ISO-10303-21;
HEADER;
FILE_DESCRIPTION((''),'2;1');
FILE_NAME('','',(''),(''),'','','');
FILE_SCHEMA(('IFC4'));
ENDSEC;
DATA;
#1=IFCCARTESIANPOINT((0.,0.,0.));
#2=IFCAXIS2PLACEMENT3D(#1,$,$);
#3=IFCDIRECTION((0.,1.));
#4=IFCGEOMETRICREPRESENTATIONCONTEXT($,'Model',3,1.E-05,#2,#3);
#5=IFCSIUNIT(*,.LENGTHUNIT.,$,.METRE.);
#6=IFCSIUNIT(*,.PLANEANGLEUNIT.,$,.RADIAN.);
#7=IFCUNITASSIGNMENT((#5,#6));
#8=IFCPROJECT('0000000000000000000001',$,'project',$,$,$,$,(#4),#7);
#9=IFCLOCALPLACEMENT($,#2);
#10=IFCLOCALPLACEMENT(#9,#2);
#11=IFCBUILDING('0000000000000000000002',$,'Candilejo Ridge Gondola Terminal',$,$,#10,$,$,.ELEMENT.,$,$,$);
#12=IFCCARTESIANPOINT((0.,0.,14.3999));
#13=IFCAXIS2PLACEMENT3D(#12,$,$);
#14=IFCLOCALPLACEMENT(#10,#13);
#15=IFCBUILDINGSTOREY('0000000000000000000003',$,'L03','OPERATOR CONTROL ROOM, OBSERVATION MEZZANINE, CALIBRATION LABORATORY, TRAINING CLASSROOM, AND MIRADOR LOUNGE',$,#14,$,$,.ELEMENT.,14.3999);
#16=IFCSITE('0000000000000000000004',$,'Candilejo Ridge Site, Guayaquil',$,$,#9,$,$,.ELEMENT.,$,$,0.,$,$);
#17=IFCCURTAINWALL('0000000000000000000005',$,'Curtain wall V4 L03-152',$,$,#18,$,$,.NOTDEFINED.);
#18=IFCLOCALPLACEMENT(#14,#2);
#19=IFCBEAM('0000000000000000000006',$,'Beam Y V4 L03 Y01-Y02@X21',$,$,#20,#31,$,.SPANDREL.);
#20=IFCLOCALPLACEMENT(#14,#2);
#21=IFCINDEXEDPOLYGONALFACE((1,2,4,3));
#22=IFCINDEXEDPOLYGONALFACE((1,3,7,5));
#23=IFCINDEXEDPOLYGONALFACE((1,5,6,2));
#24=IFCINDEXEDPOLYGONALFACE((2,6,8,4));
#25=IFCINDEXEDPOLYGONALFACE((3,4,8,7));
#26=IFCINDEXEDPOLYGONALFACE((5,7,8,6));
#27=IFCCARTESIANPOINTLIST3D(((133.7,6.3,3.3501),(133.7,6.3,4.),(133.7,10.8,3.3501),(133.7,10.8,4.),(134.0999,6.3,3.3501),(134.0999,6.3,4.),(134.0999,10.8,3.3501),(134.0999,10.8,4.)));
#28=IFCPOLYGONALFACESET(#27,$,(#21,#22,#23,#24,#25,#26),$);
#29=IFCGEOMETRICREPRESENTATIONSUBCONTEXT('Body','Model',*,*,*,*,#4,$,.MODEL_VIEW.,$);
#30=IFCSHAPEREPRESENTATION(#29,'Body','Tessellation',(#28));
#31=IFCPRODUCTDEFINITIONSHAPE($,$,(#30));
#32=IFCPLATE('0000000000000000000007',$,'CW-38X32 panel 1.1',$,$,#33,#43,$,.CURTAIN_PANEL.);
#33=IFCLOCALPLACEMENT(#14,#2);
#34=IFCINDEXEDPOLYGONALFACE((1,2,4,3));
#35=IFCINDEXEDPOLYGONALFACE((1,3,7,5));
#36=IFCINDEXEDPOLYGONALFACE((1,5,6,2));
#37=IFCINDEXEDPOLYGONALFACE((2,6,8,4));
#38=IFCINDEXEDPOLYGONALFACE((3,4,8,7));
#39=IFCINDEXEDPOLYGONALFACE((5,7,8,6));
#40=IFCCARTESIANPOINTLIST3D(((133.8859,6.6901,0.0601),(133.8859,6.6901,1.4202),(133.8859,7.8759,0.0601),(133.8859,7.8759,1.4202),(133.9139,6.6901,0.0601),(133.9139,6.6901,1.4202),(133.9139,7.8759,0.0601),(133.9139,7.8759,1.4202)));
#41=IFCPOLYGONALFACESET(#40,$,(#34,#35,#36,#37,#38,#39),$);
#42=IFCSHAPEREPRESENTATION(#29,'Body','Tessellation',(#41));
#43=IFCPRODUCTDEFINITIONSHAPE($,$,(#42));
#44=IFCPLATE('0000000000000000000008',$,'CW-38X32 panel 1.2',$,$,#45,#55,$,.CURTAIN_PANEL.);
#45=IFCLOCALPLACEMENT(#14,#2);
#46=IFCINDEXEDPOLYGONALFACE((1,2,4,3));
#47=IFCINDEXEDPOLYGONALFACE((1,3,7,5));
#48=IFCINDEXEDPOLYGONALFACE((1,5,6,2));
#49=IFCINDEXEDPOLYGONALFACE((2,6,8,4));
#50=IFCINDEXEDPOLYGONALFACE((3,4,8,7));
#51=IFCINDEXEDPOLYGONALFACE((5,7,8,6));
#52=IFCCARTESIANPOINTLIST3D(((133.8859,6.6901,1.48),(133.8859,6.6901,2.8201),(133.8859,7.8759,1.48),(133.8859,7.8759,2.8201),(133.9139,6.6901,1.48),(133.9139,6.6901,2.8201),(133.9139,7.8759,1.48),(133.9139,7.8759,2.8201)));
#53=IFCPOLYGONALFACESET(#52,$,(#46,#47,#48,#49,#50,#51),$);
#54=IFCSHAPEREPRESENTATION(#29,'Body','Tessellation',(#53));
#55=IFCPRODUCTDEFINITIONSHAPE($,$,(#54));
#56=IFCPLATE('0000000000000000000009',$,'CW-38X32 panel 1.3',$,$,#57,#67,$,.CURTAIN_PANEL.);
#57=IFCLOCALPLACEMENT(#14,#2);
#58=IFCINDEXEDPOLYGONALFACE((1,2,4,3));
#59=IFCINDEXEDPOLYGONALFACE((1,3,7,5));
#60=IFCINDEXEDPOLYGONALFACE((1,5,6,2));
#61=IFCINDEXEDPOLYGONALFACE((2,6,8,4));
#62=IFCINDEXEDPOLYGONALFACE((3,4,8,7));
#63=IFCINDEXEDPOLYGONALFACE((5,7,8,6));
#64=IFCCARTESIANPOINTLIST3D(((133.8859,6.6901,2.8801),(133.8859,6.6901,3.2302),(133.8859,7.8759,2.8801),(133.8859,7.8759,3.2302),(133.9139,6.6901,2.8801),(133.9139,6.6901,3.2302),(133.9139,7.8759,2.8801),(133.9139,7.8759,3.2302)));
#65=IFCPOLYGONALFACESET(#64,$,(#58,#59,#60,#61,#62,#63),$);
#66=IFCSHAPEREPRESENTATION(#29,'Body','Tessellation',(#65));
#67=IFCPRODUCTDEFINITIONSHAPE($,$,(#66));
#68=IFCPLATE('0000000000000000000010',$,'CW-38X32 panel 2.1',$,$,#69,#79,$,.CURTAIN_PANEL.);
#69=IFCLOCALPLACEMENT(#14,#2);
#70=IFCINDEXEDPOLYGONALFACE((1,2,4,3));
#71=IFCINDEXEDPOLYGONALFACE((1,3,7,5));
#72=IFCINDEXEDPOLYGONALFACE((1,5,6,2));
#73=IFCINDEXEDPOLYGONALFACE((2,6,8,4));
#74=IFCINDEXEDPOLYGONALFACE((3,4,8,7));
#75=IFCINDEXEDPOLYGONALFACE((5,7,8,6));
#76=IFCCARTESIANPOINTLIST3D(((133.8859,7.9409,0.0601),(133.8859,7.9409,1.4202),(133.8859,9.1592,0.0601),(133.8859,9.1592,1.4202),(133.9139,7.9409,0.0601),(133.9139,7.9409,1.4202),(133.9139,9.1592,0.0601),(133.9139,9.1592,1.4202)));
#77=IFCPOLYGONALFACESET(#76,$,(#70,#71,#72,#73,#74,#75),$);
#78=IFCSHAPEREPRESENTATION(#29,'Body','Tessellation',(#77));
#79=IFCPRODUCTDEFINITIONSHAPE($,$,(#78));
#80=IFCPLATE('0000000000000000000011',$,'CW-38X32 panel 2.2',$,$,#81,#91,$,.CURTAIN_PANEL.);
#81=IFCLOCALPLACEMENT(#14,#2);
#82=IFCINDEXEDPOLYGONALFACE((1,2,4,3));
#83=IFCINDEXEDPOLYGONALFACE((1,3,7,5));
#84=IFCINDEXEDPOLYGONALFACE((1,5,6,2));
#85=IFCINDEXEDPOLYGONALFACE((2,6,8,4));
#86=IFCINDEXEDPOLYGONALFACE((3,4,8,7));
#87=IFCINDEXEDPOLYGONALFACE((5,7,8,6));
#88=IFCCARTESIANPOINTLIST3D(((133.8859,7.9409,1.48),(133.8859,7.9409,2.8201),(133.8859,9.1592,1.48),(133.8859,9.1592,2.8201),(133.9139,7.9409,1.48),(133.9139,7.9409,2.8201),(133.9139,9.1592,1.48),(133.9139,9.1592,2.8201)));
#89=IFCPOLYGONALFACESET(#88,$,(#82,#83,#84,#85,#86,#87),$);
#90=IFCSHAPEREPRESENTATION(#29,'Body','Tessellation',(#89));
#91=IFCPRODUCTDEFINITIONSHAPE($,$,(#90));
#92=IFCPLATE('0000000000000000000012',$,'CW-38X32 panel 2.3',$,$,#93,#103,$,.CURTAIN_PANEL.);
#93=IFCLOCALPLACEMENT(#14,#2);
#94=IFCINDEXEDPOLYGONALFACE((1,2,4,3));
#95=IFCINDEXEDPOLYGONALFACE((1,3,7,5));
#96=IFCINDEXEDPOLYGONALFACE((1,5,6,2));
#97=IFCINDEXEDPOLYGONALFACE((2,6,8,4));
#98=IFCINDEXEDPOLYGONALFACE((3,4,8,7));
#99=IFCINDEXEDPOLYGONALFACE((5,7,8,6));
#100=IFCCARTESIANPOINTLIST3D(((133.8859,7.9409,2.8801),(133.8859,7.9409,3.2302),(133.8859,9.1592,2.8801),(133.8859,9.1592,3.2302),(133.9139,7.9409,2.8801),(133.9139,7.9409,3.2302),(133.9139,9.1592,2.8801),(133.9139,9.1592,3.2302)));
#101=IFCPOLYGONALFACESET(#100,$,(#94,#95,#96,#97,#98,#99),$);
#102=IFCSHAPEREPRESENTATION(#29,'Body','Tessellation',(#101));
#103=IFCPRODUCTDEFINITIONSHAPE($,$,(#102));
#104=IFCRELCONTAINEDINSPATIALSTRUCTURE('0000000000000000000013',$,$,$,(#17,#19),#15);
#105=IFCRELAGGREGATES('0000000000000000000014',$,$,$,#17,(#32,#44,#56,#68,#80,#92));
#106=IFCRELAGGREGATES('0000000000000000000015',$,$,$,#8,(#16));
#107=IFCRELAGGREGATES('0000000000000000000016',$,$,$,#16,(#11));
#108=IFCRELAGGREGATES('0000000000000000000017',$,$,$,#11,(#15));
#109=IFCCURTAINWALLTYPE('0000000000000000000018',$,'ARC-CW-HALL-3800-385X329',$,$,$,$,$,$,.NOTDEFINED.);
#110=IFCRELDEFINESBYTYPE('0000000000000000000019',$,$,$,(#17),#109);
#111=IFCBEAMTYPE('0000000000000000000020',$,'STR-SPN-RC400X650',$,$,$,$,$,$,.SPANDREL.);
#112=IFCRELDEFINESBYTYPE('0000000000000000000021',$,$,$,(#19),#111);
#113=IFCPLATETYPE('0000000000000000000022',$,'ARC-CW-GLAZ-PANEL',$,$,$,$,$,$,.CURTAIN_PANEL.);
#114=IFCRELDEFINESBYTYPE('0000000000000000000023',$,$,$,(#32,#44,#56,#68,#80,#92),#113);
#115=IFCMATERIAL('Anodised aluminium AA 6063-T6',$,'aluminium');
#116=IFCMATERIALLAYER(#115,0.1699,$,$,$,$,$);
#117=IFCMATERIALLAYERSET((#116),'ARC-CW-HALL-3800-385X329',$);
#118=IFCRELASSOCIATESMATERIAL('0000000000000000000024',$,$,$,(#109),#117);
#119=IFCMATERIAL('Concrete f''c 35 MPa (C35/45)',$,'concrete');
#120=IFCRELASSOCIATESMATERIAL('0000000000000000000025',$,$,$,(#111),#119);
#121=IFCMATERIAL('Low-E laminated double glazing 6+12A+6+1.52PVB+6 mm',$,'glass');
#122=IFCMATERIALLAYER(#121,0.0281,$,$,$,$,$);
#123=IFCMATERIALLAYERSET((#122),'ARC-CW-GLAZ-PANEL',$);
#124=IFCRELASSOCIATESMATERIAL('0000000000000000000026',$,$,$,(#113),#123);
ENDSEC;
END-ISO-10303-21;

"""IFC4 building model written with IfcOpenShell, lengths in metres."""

from ifc_helpers import new_model, si_unit, direction, frame, origin, origin_2d, place, context, subcontext, project, spatial, rectangle, extrude, material, layer, layer_set, material_profile, profile_set, type_object, element, aggregate, save


model = new_model("IFC4")

# Units and contexts
model_context = context("Model", 3, precision=1e-05, world=origin(), true_north=direction((0.0, 1.0)))
body_context = subcontext(model_context, "Body", "Model", "MODEL_VIEW")
ifc_project = project(units=[si_unit("LENGTHUNIT", "METRE"), si_unit("PLANEANGLEUNIT", "RADIAN")], contexts=[model_context])

# Site, building, storey
site_placement = place(None, origin())
site = spatial("IfcSite", under=ifc_project, at=site_placement, Name="Candilejo Ridge Site, Guayaquil", CompositionType="ELEMENT", RefElevation=0.0)
building_placement = place(site_placement, origin())
building = spatial("IfcBuilding", under=site, at=building_placement, Name="Candilejo Ridge Gondola Terminal", CompositionType="ELEMENT")
storey_placement = place(building_placement, frame((0.0, 0.0, 14.3999)))
storey = spatial("IfcBuildingStorey", under=building, at=storey_placement, Name="L03", Description="OPERATOR CONTROL ROOM, OBSERVATION MEZZANINE, CALIBRATION LABORATORY, TRAINING CLASSROOM, AND MIRADOR LOUNGE", CompositionType="ELEMENT", Elevation=14.3999)

# Curtain wall
ifc_material_1 = material(Name="Anodised aluminium AA 6063-T6", Category="aluminium")
ifc_layer_1 = layer(ifc_material_1, 0.1699)
ifc_layer_set_1 = layer_set([ifc_layer_1], Name="ARC-CW-HALL-3800-385X329")
curtain_wall_type = type_object("IfcCurtainWallType", Name="ARC-CW-HALL-3800-385X329", PredefinedType="NOTDEFINED", material=ifc_layer_set_1)
curtain_wall_placement = place(storey_placement, origin())
curtain_wall = element("IfcCurtainWall", 1, at=curtain_wall_placement, inside=storey, type_object=curtain_wall_type, Name="Curtain wall V4 L03-152", PredefinedType="NOTDEFINED")

# Beam
ifc_material_2 = material(Name="Concrete f'c 35 MPa (C35/45)", Category="concrete")
ifc_material_profile_1 = material_profile(ifc_material_2, rectangle(XDim=0.3999, YDim=0.6499, at=origin_2d()))
ifc_profile_set_1 = profile_set([ifc_material_profile_1], Name="Concrete f'c 35 MPa (C35/45)")
beam_type = type_object("IfcBeamType", Name="STR-SPN-RC400X650", PredefinedType="SPANDREL", material=ifc_profile_set_1)
beam_1_placement = place(storey_placement, frame((133.8999, 6.3, 3.675), z_axis=(0.0, 1.0, 0.0), x_axis=(-1.0, 0.0, 0.0)))
element("IfcBeam", 2, at=beam_1_placement, inside=storey, type_object=beam_type, Name="Beam Y V4 L03 Y01-Y02@X21", PredefinedType="SPANDREL", context=body_context, shape_type="SweptSolid", body=[
    extrude(rectangle(XDim=0.3999, YDim=0.6499, at=origin_2d()), origin(), (0.0, 0.0, 1.0), 4.5),
])

# Plates
ifc_material_3 = material(Name="Low-E laminated double glazing 6+12A+6+1.52PVB+6 mm", Category="glass")
ifc_layer_2 = layer(ifc_material_3, 0.0281)
ifc_layer_set_2 = layer_set([ifc_layer_2], Name="ARC-CW-GLAZ-PANEL")
plate_type = type_object("IfcPlateType", Name="ARC-CW-GLAZ-PANEL", PredefinedType="CURTAIN_PANEL", material=ifc_layer_set_2)
plate_1_placement = place(storey_placement, frame((133.8999, 7.283, 0.0601), z_axis=(0.0, 0.0, 1.0), x_axis=(0.0, 1.0, 0.0)))
plate_1 = element("IfcPlate", 3, at=plate_1_placement, type_object=plate_type, Name="CW-38X32 panel 1.1", PredefinedType="CURTAIN_PANEL", context=body_context, shape_type="SweptSolid", body=[
    extrude(rectangle(XDim=1.1858, YDim=0.0281, at=origin_2d()), origin(), (0.0, 0.0, 1.0), 1.3601),
])
plate_2_placement = place(storey_placement, frame((133.8999, 7.283, 1.48), z_axis=(0.0, 0.0, 1.0), x_axis=(0.0, 1.0, 0.0)))
plate_2 = element("IfcPlate", 4, at=plate_2_placement, type_object=plate_type, Name="CW-38X32 panel 1.2", PredefinedType="CURTAIN_PANEL", context=body_context, shape_type="SweptSolid", body=[
    extrude(rectangle(XDim=1.1858, YDim=0.0281, at=origin_2d()), origin(), (0.0, 0.0, 1.0), 1.3401),
])
plate_3_placement = place(storey_placement, frame((133.8999, 7.283, 2.8801), z_axis=(0.0, 0.0, 1.0), x_axis=(0.0, 1.0, 0.0)))
plate_3 = element("IfcPlate", 5, at=plate_3_placement, type_object=plate_type, Name="CW-38X32 panel 1.3", PredefinedType="CURTAIN_PANEL", context=body_context, shape_type="SweptSolid", body=[
    extrude(rectangle(XDim=1.1858, YDim=0.0281, at=origin_2d()), origin(), (0.0, 0.0, 1.0), 0.3501),
])
plate_4_placement = place(storey_placement, frame((133.8999, 8.55, 0.0601), z_axis=(0.0, 0.0, 1.0), x_axis=(0.0, 1.0, 0.0)))
plate_4 = element("IfcPlate", 6, at=plate_4_placement, type_object=plate_type, Name="CW-38X32 panel 2.1", PredefinedType="CURTAIN_PANEL", context=body_context, shape_type="SweptSolid", body=[
    extrude(rectangle(XDim=1.2183, YDim=0.0281, at=origin_2d()), origin(), (0.0, 0.0, 1.0), 1.3601),
])
plate_5_placement = place(storey_placement, frame((133.8999, 8.55, 1.48), z_axis=(0.0, 0.0, 1.0), x_axis=(0.0, 1.0, 0.0)))
plate_5 = element("IfcPlate", 7, at=plate_5_placement, type_object=plate_type, Name="CW-38X32 panel 2.2", PredefinedType="CURTAIN_PANEL", context=body_context, shape_type="SweptSolid", body=[
    extrude(rectangle(XDim=1.2183, YDim=0.0281, at=origin_2d()), origin(), (0.0, 0.0, 1.0), 1.3401),
])
plate_6_placement = place(storey_placement, frame((133.8999, 8.55, 2.8801), z_axis=(0.0, 0.0, 1.0), x_axis=(0.0, 1.0, 0.0)))
plate_6 = element("IfcPlate", 8, at=plate_6_placement, type_object=plate_type, Name="CW-38X32 panel 2.3", PredefinedType="CURTAIN_PANEL", context=body_context, shape_type="SweptSolid", body=[
    extrude(rectangle(XDim=1.2183, YDim=0.0281, at=origin_2d()), origin(), (0.0, 0.0, 1.0), 0.3501),
])
aggregate(curtain_wall, [plate_1, plate_2, plate_3, plate_4, plate_5, plate_6])

save(model, "model.ifc")
